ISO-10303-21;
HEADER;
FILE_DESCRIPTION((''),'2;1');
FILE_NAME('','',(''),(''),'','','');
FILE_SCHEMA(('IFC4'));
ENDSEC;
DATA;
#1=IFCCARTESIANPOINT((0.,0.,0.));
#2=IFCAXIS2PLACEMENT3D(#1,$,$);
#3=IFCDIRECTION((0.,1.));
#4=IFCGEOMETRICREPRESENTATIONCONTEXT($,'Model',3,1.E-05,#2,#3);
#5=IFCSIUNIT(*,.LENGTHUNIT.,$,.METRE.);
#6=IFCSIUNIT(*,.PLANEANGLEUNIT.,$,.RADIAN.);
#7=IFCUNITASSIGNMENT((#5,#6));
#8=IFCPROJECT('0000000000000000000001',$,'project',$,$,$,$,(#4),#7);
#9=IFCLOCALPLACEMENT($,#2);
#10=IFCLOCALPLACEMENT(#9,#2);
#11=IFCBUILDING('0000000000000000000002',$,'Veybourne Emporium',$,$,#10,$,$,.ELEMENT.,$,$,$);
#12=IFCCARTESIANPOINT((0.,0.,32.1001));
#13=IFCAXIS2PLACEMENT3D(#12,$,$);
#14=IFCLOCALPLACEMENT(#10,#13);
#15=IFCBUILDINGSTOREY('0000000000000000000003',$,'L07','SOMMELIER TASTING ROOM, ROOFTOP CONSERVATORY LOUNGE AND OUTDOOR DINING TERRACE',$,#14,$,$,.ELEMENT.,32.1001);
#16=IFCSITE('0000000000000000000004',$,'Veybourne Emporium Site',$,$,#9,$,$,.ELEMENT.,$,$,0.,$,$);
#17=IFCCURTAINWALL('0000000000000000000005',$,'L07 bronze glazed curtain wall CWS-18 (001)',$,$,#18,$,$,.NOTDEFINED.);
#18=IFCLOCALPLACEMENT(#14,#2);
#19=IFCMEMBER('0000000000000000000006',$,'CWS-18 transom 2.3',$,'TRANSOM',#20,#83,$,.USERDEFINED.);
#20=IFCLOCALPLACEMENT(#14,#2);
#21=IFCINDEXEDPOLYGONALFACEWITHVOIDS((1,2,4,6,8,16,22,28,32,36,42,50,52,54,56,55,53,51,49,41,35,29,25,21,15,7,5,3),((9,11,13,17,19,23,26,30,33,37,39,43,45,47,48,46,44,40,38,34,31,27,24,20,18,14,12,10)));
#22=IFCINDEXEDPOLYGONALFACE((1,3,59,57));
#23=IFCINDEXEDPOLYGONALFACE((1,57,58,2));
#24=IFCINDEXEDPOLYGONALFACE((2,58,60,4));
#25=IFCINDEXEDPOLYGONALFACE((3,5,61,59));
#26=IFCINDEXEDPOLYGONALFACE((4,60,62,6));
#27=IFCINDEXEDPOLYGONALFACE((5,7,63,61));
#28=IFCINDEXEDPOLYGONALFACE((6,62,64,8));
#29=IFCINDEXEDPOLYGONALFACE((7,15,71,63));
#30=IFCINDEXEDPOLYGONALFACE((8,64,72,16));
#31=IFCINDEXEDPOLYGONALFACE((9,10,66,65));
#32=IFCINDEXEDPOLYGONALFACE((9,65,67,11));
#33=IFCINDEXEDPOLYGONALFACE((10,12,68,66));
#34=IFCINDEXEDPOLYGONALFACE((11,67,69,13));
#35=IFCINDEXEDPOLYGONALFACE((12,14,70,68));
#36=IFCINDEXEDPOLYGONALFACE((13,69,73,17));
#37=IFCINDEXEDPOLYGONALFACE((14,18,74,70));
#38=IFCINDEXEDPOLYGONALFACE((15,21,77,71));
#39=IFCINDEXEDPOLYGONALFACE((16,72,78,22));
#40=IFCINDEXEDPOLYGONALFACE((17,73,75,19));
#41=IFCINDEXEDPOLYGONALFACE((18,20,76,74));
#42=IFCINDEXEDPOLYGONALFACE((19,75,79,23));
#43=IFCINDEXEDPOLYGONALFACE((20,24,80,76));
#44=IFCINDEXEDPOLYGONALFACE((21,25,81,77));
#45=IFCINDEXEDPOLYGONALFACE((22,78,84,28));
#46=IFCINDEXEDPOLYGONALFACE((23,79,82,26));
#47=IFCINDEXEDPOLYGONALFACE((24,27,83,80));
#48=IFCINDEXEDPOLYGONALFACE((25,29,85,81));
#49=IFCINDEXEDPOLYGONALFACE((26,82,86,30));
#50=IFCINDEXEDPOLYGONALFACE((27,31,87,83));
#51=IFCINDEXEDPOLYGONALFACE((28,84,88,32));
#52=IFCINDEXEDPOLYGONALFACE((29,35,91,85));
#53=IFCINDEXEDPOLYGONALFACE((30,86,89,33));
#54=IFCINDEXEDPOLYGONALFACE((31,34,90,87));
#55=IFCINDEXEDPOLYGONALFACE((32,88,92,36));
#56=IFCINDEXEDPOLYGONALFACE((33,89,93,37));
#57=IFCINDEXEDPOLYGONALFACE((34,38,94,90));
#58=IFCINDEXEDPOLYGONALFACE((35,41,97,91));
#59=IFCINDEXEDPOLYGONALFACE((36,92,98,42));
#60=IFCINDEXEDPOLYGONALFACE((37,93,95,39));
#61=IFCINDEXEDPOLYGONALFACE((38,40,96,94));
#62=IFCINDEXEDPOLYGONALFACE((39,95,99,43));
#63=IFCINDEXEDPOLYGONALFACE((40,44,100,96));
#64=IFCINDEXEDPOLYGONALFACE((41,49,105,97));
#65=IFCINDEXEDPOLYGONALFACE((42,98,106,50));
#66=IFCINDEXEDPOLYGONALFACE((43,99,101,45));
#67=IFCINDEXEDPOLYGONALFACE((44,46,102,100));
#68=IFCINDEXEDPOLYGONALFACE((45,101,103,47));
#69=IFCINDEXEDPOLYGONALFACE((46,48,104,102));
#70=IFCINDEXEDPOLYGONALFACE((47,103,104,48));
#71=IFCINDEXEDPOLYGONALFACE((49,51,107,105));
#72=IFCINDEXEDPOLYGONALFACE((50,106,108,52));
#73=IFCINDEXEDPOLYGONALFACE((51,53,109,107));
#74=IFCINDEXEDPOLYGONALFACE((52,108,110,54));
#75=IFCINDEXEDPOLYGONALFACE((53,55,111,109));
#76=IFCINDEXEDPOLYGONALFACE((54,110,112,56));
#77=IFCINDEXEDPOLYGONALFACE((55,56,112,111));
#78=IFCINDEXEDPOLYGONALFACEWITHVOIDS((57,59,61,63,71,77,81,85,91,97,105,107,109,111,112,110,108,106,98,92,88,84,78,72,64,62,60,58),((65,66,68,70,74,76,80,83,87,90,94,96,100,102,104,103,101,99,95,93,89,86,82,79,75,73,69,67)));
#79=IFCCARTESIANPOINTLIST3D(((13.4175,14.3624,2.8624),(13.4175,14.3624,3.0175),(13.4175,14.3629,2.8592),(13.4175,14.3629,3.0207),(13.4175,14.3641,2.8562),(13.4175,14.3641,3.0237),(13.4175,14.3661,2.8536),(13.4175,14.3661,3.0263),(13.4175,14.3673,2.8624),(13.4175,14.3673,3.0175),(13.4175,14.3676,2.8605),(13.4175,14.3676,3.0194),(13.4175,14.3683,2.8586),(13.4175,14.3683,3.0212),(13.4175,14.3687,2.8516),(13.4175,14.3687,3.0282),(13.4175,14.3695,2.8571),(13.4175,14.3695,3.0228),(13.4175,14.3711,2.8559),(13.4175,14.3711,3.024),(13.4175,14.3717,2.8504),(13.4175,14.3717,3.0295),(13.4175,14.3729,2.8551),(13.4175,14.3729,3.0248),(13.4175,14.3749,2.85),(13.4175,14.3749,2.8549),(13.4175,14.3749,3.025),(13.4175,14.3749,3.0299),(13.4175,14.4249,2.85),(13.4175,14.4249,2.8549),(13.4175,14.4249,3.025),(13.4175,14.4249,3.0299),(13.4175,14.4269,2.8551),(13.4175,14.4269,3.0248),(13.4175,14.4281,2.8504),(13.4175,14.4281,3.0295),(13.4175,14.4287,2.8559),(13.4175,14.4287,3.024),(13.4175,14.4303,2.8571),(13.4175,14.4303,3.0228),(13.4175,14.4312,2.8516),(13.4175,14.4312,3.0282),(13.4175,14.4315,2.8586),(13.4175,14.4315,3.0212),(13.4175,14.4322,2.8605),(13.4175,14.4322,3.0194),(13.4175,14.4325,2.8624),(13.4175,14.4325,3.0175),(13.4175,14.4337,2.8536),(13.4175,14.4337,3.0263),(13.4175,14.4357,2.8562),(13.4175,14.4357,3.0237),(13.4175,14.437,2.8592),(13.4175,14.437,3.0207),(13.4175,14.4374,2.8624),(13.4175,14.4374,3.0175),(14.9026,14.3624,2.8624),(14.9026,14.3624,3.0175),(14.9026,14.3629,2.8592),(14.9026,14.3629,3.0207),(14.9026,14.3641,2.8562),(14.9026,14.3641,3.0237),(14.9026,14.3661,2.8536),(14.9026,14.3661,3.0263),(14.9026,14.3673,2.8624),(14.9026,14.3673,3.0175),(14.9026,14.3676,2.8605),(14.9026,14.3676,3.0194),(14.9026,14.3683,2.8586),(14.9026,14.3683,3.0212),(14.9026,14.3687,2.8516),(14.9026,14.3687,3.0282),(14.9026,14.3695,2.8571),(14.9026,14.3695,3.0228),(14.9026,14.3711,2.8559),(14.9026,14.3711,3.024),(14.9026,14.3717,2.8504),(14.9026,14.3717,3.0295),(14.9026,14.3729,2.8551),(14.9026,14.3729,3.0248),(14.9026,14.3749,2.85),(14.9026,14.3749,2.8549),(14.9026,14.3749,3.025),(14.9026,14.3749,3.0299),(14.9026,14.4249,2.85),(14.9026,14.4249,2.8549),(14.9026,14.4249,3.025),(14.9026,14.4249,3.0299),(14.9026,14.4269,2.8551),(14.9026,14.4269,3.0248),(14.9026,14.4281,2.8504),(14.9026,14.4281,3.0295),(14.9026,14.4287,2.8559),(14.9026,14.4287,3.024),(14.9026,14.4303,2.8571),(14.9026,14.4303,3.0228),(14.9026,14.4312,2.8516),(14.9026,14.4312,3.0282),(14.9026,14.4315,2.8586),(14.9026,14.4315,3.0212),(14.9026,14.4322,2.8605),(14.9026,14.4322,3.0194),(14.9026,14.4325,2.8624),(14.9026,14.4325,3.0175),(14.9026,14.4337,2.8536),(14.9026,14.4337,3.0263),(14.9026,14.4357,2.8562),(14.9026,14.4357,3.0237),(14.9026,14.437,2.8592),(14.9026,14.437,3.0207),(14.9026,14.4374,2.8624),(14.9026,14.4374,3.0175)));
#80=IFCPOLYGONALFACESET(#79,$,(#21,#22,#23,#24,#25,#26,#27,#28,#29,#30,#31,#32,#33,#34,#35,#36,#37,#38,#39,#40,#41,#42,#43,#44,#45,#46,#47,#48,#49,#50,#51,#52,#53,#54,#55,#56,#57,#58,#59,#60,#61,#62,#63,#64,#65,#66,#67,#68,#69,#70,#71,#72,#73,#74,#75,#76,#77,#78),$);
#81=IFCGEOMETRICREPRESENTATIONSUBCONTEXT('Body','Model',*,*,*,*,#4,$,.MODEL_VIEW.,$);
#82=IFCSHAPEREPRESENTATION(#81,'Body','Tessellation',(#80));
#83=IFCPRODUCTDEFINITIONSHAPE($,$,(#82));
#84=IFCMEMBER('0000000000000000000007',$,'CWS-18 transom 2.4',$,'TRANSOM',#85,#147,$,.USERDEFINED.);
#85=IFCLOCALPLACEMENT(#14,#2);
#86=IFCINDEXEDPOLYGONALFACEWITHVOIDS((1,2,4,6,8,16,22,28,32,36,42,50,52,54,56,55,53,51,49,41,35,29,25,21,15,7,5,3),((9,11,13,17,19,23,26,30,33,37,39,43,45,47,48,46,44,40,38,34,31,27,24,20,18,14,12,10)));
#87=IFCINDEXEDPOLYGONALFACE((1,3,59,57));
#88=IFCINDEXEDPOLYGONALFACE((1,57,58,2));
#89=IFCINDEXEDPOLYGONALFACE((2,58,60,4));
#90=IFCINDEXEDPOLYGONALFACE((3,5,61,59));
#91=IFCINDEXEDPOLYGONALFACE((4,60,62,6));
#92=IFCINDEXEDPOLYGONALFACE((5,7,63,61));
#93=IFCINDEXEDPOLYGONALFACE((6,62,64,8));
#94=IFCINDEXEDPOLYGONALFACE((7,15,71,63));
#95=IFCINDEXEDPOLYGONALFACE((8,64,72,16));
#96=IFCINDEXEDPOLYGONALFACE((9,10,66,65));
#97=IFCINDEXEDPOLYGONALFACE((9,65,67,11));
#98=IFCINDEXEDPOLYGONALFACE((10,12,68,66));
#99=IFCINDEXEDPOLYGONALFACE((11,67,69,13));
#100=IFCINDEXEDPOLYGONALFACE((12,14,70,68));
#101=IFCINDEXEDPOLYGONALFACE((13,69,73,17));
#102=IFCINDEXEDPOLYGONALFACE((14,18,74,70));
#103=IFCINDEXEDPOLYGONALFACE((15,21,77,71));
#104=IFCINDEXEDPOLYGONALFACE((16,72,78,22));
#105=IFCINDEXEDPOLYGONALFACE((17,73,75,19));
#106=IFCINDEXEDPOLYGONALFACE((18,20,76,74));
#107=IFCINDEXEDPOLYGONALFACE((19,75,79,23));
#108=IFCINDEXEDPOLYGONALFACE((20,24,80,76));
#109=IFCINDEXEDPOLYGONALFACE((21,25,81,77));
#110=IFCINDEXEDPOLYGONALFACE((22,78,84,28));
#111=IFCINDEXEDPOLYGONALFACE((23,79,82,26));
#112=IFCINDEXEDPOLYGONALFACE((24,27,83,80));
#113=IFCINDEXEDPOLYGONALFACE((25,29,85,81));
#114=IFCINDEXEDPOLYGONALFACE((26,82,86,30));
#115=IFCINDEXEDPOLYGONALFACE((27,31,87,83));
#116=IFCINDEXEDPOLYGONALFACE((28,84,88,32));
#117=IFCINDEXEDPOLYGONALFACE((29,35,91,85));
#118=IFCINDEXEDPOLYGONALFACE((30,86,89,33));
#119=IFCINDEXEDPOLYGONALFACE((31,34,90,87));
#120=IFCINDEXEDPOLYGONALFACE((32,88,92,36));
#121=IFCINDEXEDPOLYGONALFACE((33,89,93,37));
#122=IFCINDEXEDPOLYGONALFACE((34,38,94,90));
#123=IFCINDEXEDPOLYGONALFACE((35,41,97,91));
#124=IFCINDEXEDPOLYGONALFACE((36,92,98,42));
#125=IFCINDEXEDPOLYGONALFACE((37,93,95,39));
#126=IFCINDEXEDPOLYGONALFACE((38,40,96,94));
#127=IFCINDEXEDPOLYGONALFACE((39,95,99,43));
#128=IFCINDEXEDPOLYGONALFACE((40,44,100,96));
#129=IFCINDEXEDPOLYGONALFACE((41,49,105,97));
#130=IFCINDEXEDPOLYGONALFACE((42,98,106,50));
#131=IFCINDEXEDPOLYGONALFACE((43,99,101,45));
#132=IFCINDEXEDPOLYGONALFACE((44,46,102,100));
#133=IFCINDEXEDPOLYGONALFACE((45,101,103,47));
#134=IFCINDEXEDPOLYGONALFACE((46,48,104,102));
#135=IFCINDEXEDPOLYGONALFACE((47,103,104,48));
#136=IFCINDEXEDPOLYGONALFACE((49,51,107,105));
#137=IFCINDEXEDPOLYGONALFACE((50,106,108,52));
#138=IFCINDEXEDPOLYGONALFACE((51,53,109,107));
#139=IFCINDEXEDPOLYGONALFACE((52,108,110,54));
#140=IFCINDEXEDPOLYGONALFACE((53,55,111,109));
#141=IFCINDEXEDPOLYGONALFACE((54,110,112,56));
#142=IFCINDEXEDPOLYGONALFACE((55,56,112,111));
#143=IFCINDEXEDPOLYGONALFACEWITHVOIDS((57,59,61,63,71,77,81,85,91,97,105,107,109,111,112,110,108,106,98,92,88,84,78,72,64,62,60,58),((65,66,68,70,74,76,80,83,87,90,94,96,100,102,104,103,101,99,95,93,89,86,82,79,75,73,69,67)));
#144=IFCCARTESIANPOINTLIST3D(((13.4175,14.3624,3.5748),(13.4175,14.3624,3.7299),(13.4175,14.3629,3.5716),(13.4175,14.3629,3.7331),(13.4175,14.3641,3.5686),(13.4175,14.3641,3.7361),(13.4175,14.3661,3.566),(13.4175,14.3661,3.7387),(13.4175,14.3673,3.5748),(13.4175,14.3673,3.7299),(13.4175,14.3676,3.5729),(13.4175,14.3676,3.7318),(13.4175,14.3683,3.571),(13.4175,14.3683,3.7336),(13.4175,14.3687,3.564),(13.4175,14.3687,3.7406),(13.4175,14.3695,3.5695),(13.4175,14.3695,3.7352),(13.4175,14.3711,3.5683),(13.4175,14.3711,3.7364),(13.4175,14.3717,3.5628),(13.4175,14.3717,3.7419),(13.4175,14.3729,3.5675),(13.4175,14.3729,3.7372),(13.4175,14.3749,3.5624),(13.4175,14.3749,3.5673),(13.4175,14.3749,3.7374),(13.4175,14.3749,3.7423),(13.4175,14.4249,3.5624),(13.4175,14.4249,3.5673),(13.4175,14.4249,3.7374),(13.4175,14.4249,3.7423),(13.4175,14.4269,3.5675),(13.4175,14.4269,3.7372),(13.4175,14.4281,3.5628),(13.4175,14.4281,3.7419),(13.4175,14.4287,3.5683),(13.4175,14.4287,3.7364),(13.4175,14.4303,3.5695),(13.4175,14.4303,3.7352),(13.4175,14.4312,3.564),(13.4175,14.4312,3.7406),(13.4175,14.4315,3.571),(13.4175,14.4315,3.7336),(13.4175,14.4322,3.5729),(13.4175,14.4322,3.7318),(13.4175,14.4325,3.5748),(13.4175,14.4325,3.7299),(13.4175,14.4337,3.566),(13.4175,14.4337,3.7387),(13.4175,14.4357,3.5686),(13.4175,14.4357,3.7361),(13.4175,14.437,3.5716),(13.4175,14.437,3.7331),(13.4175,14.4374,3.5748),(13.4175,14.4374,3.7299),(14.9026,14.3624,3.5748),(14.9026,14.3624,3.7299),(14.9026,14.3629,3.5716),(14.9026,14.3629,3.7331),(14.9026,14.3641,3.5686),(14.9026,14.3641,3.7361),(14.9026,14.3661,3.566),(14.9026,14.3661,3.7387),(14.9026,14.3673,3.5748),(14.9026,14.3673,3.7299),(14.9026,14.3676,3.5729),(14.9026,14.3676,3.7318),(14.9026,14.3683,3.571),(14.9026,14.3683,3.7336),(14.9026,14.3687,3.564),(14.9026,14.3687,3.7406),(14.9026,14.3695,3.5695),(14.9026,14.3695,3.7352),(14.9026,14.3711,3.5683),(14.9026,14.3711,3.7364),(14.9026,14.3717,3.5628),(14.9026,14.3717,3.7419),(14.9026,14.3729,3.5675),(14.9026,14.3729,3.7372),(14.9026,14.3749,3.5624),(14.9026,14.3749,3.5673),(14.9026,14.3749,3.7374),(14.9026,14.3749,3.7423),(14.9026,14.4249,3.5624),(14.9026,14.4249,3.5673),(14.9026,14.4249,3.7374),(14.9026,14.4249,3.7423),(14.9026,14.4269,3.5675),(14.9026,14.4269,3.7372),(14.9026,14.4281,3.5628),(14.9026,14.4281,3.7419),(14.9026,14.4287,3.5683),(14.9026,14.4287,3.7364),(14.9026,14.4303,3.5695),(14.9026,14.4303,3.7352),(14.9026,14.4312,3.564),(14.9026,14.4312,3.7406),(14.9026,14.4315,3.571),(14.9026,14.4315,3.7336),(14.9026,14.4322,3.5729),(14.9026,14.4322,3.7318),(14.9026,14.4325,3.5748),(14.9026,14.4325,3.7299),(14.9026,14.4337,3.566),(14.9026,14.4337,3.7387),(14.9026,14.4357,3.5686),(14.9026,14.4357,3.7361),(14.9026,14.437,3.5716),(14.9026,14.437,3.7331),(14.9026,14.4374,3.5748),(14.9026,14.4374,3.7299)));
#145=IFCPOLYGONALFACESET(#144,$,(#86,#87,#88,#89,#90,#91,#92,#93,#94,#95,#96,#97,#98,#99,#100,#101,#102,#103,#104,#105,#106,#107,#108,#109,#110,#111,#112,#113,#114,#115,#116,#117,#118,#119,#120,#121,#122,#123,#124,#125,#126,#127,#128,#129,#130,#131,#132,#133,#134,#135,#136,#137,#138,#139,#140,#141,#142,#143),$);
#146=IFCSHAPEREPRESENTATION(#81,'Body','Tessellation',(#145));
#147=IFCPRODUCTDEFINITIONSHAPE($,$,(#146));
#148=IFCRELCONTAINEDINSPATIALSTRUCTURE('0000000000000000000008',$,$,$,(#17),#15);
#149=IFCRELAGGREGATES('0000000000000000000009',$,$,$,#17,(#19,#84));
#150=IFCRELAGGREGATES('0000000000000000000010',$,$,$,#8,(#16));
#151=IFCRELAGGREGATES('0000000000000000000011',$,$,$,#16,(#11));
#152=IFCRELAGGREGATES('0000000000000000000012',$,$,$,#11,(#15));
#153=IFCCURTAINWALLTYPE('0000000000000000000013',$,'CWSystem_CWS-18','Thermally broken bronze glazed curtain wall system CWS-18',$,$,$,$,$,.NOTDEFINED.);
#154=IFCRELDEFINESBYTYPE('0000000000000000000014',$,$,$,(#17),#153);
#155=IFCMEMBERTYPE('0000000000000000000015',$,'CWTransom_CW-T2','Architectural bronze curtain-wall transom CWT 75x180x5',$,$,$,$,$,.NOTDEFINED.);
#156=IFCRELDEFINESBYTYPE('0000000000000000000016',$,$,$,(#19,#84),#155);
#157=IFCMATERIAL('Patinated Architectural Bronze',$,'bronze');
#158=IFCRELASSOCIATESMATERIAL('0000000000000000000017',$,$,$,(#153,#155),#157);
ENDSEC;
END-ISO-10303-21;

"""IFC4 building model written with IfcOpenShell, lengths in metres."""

from ifc_helpers import new_model, si_unit, direction, frame, origin, origin_2d, place, context, subcontext, project, spatial, hollow_rectangle, extrude, material, material_profile, profile_set, type_object, element, aggregate, save


model = new_model("IFC4")

# Units and contexts
model_context = context("Model", 3, precision=1e-05, world=origin(), true_north=direction((0.0, 1.0)))
body_context = subcontext(model_context, "Body", "Model", "MODEL_VIEW")
ifc_project = project(units=[si_unit("LENGTHUNIT", "METRE"), si_unit("PLANEANGLEUNIT", "RADIAN")], contexts=[model_context])

# Site, building, storey
site_placement = place(None, origin())
site = spatial("IfcSite", under=ifc_project, at=site_placement, Name="Veybourne Emporium Site", CompositionType="ELEMENT", RefElevation=0.0)
building_placement = place(site_placement, origin())
building = spatial("IfcBuilding", under=site, at=building_placement, Name="Veybourne Emporium", CompositionType="ELEMENT")
storey_placement = place(building_placement, frame((0.0, 0.0, 32.1001)))
storey = spatial("IfcBuildingStorey", under=building, at=storey_placement, Name="L07", Description="SOMMELIER TASTING ROOM, ROOFTOP CONSERVATORY LOUNGE AND OUTDOOR DINING TERRACE", CompositionType="ELEMENT", Elevation=32.1001)

# Curtain wall
ifc_material_1 = material(Name="Patinated Architectural Bronze", Category="bronze")
curtain_wall_type_1 = type_object("IfcCurtainWallType", Name="CWSystem_CWS-18", Description="Thermally broken bronze glazed curtain wall system CWS-18", PredefinedType="NOTDEFINED", material=ifc_material_1)
curtain_wall_1_placement = place(storey_placement, origin())
curtain_wall_1 = element("IfcCurtainWall", 1, at=curtain_wall_1_placement, inside=storey, type_object=curtain_wall_type_1, Name="L07 bronze glazed curtain wall CWS-18 (001)", PredefinedType="NOTDEFINED")

# Members
ifc_material_profile_1 = material_profile(ifc_material_1, hollow_rectangle(XDim=0.075, YDim=0.1799, WallThickness=0.0049, InnerFilletRadius=0.0076, OuterFilletRadius=0.0125, at=origin_2d()), Name="CWT 75x180x5")
ifc_profile_set_1 = profile_set([ifc_material_profile_1], Name="Patinated Architectural Bronze")
member_type_1 = type_object("IfcMemberType", Name="CWTransom_CW-T2", Description="Architectural bronze curtain-wall transom CWT 75x180x5", PredefinedType="NOTDEFINED", material=ifc_profile_set_1)
member_1_placement = place(storey_placement, frame((14.9026, 14.3999, 2.9399), z_axis=(-1.0, 0.0, 0.0), x_axis=(0.0, -1.0, 0.0)))
member_1 = element("IfcMember", 2, at=member_1_placement, type_object=member_type_1, Name="CWS-18 transom 2.3", ObjectType="TRANSOM", PredefinedType="USERDEFINED", context=body_context, shape_type="SweptSolid", body=[
    extrude(hollow_rectangle(XDim=0.075, YDim=0.1799, WallThickness=0.0049, InnerFilletRadius=0.0076, OuterFilletRadius=0.0125, at=origin_2d()), origin(), (0.0, 0.0, 1.0), 1.4851),
])
member_2_placement = place(storey_placement, frame((14.9026, 14.3999, 3.6523), z_axis=(-1.0, 0.0, 0.0), x_axis=(0.0, -1.0, 0.0)))
member_2 = element("IfcMember", 3, at=member_2_placement, type_object=member_type_1, Name="CWS-18 transom 2.4", ObjectType="TRANSOM", PredefinedType="USERDEFINED", context=body_context, shape_type="SweptSolid", body=[
    extrude(hollow_rectangle(XDim=0.075, YDim=0.1799, WallThickness=0.0049, InnerFilletRadius=0.0076, OuterFilletRadius=0.0125, at=origin_2d()), origin(), (0.0, 0.0, 1.0), 1.4851),
])

aggregate(curtain_wall_1, [member_1, member_2])

save(model, "model.ifc")
